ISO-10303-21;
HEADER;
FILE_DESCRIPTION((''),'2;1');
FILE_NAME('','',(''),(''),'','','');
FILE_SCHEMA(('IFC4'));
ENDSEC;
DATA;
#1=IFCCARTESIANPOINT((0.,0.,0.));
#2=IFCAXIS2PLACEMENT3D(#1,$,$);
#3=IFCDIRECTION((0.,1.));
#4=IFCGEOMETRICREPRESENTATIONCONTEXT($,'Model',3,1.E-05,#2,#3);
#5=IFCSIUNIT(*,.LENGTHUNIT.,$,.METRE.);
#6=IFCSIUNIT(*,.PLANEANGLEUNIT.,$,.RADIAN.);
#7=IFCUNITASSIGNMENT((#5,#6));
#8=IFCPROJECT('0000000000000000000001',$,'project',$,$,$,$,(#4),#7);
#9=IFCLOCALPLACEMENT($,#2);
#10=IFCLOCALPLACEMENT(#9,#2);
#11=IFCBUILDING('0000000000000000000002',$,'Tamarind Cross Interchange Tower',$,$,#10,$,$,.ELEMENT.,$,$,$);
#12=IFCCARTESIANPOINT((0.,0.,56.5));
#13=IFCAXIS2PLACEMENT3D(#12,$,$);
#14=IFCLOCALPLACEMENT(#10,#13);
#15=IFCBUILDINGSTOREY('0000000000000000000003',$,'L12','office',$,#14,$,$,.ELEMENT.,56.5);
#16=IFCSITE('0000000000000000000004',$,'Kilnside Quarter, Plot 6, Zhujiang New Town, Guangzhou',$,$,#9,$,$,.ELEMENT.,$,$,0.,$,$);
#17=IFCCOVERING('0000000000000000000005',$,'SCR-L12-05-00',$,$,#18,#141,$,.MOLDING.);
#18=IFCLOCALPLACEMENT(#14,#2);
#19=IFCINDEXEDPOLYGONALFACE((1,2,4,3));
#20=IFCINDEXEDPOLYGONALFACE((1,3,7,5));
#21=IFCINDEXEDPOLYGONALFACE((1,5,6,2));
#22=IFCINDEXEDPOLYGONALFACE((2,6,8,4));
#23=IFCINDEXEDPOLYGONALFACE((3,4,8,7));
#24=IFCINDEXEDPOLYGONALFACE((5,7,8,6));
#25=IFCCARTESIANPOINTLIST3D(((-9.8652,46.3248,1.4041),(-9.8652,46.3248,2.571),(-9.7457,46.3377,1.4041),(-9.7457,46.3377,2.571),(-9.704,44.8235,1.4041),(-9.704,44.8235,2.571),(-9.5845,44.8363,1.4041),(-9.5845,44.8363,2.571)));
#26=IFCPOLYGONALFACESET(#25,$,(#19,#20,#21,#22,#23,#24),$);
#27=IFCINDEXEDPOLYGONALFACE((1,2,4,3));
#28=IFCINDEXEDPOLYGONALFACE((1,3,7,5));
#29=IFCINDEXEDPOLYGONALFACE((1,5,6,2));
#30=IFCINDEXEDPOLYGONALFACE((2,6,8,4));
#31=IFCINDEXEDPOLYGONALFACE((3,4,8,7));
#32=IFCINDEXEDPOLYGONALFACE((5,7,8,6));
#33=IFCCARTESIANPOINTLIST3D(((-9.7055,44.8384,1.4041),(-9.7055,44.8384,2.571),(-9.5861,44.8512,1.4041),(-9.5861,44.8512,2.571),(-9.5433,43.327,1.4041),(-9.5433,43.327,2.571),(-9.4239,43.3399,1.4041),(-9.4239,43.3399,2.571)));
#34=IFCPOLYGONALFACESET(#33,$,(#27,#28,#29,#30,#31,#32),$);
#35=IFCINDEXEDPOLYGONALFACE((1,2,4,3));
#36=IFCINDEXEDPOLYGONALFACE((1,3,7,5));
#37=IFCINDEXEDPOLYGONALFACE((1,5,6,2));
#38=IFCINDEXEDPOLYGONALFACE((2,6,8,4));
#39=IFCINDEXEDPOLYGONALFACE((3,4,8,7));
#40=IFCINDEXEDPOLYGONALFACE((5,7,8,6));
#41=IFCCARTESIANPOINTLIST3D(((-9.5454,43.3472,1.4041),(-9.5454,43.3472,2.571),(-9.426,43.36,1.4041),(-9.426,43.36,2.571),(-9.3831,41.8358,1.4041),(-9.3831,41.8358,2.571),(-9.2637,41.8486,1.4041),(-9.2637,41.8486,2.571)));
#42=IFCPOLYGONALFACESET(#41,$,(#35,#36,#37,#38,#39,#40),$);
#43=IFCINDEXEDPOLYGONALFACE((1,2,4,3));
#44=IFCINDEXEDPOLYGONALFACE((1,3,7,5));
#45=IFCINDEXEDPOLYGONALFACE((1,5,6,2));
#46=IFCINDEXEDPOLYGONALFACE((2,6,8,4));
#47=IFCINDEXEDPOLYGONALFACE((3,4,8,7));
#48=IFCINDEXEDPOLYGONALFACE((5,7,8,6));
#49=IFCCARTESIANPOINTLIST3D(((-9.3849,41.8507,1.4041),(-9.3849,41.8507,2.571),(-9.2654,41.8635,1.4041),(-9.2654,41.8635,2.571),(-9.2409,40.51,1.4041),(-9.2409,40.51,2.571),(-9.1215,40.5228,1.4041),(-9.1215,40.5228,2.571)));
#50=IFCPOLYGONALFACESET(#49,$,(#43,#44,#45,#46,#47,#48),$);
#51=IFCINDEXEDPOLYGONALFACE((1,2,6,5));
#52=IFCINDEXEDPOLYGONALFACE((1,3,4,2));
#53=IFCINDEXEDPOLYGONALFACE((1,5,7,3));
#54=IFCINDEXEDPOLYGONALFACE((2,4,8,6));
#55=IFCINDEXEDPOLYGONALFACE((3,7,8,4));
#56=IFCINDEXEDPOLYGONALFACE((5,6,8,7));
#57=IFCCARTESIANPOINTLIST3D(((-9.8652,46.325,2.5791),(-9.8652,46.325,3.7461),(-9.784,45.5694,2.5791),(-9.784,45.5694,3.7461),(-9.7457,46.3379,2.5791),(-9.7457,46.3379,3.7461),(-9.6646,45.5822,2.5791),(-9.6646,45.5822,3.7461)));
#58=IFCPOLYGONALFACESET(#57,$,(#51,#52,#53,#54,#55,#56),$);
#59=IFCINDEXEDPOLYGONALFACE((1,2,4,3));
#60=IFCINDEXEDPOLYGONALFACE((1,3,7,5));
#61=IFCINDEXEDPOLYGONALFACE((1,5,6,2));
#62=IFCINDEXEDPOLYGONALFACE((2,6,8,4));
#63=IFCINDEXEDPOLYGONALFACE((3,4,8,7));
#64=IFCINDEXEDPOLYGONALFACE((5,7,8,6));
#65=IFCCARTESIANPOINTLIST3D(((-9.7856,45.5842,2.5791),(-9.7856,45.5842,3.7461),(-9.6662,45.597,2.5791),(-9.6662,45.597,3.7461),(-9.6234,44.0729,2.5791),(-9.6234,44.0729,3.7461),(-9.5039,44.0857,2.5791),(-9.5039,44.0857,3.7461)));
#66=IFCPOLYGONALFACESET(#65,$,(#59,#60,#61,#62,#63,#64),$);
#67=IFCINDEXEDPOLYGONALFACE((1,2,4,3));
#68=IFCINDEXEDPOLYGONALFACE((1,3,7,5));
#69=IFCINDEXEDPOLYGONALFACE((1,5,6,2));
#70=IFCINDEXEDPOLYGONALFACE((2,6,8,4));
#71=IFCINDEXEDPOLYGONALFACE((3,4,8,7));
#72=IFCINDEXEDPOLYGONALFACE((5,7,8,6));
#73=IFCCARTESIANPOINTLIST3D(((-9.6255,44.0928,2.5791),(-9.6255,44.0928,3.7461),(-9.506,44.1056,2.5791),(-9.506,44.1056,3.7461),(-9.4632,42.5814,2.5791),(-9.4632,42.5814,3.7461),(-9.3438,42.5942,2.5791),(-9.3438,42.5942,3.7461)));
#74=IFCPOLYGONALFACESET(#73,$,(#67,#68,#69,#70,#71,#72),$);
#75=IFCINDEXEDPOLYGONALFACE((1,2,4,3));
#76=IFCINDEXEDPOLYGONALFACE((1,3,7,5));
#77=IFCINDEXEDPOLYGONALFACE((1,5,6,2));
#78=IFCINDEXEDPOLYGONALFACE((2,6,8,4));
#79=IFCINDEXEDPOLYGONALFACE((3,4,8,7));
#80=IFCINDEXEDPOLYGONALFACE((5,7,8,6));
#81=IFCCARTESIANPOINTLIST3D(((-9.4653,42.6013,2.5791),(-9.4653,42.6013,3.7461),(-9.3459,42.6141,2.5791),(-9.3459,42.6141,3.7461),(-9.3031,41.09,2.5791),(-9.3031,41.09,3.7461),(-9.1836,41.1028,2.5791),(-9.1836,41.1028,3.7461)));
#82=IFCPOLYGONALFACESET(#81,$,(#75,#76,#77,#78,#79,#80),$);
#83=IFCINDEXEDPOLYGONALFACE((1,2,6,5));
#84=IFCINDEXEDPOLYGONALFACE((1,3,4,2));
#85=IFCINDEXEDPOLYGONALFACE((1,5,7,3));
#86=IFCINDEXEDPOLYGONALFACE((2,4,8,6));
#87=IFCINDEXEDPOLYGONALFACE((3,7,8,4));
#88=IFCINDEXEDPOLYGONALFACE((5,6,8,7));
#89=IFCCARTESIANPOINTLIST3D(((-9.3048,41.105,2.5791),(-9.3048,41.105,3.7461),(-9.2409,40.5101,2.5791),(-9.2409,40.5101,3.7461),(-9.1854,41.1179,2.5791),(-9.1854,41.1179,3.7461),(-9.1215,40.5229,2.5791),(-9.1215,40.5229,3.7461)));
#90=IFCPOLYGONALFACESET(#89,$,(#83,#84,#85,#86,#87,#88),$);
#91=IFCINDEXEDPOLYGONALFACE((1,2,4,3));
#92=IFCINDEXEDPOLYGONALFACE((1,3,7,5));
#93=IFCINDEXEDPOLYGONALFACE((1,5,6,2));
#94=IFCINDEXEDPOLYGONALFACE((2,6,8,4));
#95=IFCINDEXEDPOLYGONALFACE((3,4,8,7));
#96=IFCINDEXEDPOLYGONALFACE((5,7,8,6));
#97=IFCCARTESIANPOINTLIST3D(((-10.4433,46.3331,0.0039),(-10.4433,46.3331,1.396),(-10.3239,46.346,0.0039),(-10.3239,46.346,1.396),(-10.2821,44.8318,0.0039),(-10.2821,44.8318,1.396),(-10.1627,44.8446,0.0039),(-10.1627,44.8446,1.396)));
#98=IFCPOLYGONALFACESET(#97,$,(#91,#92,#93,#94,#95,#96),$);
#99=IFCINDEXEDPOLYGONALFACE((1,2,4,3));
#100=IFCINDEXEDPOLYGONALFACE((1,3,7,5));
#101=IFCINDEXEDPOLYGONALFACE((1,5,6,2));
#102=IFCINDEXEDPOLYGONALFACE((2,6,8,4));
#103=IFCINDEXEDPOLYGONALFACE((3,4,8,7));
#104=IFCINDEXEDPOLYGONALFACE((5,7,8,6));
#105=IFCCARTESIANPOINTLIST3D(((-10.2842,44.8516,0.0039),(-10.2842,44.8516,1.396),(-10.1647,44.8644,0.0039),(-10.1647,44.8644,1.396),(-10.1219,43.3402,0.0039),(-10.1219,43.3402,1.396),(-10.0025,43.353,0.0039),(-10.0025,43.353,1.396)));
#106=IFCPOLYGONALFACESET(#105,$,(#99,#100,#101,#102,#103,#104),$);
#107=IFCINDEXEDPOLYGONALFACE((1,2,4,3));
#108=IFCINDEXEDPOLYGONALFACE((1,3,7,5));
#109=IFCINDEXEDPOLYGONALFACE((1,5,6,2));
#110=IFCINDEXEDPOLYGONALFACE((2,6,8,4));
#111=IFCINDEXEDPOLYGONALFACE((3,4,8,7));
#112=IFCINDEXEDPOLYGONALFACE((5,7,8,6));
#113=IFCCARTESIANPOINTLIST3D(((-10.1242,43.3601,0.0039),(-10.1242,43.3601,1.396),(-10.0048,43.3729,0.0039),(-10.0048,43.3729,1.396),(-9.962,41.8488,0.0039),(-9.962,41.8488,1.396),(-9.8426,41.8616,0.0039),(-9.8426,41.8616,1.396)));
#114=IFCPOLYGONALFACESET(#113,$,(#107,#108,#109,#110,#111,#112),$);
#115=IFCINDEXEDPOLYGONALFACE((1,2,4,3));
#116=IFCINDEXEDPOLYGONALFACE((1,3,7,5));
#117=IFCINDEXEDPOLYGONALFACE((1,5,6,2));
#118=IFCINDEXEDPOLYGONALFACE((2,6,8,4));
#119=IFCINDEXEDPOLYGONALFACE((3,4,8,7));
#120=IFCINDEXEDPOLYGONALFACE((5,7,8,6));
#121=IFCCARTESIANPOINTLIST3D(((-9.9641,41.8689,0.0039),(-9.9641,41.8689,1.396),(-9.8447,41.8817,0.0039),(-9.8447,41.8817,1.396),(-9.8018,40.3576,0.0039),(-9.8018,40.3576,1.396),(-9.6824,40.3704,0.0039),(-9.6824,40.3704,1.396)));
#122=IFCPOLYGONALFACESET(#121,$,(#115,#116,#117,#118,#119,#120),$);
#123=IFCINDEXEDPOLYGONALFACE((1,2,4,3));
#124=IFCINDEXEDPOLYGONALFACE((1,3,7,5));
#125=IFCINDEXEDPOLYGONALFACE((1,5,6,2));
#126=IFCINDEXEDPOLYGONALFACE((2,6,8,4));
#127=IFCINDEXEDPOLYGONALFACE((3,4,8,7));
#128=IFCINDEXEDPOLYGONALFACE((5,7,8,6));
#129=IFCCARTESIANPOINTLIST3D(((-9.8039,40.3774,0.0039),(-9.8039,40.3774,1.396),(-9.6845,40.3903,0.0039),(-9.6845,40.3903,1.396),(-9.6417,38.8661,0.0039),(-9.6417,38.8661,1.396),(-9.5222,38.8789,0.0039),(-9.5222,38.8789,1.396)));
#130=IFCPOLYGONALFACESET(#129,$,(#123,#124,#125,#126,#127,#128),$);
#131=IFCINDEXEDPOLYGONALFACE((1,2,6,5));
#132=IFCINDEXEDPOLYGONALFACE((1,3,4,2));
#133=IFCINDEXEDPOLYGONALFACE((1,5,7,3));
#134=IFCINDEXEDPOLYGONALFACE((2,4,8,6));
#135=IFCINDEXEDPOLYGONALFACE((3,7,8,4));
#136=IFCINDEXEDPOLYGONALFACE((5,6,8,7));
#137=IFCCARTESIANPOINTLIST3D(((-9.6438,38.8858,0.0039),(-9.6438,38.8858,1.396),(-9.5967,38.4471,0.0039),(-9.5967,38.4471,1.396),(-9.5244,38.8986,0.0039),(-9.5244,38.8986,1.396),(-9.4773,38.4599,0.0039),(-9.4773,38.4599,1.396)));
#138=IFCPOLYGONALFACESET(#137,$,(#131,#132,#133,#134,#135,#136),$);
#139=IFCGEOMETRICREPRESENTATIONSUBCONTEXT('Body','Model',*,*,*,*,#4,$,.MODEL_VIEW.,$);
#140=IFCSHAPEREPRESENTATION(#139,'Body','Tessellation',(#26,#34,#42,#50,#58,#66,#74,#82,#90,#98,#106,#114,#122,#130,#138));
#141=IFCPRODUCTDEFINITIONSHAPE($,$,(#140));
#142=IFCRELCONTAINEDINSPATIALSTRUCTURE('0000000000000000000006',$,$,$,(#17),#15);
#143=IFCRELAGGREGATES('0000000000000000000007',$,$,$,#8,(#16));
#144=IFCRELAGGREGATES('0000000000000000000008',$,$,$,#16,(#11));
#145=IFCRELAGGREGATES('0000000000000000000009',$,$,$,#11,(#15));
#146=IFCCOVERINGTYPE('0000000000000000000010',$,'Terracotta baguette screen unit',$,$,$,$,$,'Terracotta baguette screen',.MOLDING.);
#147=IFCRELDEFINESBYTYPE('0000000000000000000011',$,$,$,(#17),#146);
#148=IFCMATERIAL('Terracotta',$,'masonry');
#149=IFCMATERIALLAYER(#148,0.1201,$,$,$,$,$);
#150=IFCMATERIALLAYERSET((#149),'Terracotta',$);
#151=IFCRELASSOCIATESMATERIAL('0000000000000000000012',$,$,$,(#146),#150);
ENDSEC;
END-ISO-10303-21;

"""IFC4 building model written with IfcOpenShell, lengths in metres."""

from ifc_helpers import new_model, si_unit, direction, frame, origin, origin_2d, place, context, subcontext, project, spatial, rectangle, extrude, material, layer, layer_set, type_object, element, save


model = new_model("IFC4")

# Units and contexts
model_context = context("Model", 3, precision=1e-05, world=origin(), true_north=direction((0.0, 1.0)))
body_context = subcontext(model_context, "Body", "Model", "MODEL_VIEW")
ifc_project = project(units=[si_unit("LENGTHUNIT", "METRE"), si_unit("PLANEANGLEUNIT", "RADIAN")], contexts=[model_context])

# Site, building, storey
site_placement = place(None, origin())
site = spatial("IfcSite", under=ifc_project, at=site_placement, Name="Kilnside Quarter, Plot 6, Zhujiang New Town, Guangzhou", CompositionType="ELEMENT", RefElevation=0.0)
building_placement = place(site_placement, origin())
building = spatial("IfcBuilding", under=site, at=building_placement, Name="Tamarind Cross Interchange Tower", CompositionType="ELEMENT")
storey_placement = place(building_placement, frame((0.0, 0.0, 56.5)))
storey = spatial("IfcBuildingStorey", under=building, at=storey_placement, Name="L12", Description="office", CompositionType="ELEMENT", Elevation=56.5)

# Covering
ifc_material_1 = material(Name="Terracotta", Category="masonry")
ifc_layer_1 = layer(ifc_material_1, 0.1201)
ifc_layer_set_1 = layer_set([ifc_layer_1], Name="Terracotta")
covering_type = type_object("IfcCoveringType", Name="Terracotta baguette screen unit", ElementType="Terracotta baguette screen", PredefinedType="MOLDING", material=ifc_layer_set_1)
covering_1_placement = place(storey_placement, origin())
element("IfcCovering", 1, at=covering_1_placement, inside=storey, type_object=covering_type, Name="SCR-L12-05-00", PredefinedType="MOLDING", context=body_context, shape_type="SweptSolid", body=[
    extrude(rectangle(XDim=1.51, YDim=0.1201, at=origin_2d()), frame((-9.7249, 45.5806, 1.4041), z_axis=(0.0, 0.0, 1.0), x_axis=(0.106744, -0.994287, 0.0)), (0.0, 0.0, 1.0), 1.167),
    extrude(rectangle(XDim=1.52, YDim=0.1201, at=origin_2d()), frame((-9.5647, 44.0891, 1.4041), z_axis=(0.0, 0.0, 1.0), x_axis=(0.106744, -0.994287, 0.0)), (0.0, 0.0, 1.0), 1.167),
    extrude(rectangle(XDim=1.52, YDim=0.1201, at=origin_2d()), frame((-9.4045, 42.5979, 1.4041), z_axis=(0.0, 0.0, 1.0), x_axis=(0.106744, -0.994287, 0.0)), (0.0, 0.0, 1.0), 1.167),
    extrude(rectangle(XDim=1.3484, YDim=0.1201, at=origin_2d()), frame((-9.2532, 41.1868, 1.4041), z_axis=(0.0, 0.0, 1.0), x_axis=(0.106744, -0.994287, 0.0)), (0.0, 0.0, 1.0), 1.167),
    extrude(rectangle(XDim=0.76, YDim=0.1201, at=origin_2d()), frame((-9.7649, 45.9536, 2.5791), z_axis=(0.0, 0.0, 1.0), x_axis=(0.106744, -0.994287, 0.0)), (0.0, 0.0, 1.0), 1.167),
    extrude(rectangle(XDim=1.52, YDim=0.1201, at=origin_2d()), frame((-9.6448, 44.835, 2.5791), z_axis=(0.0, 0.0, 1.0), x_axis=(0.106744, -0.994287, 0.0)), (0.0, 0.0, 1.0), 1.167),
    extrude(rectangle(XDim=1.52, YDim=0.1201, at=origin_2d()), frame((-9.4846, 43.3435, 2.5791), z_axis=(0.0, 0.0, 1.0), x_axis=(0.106744, -0.994287, 0.0)), (0.0, 0.0, 1.0), 1.167),
    extrude(rectangle(XDim=1.52, YDim=0.1201, at=origin_2d()), frame((-9.3245, 41.8521, 2.5791), z_axis=(0.0, 0.0, 1.0), x_axis=(0.106744, -0.994287, 0.0)), (0.0, 0.0, 1.0), 1.167),
    extrude(rectangle(XDim=0.5984, YDim=0.1201, at=origin_2d()), frame((-9.2131, 40.814, 2.5791), z_axis=(0.0, 0.0, 1.0), x_axis=(0.106744, -0.994287, 0.0)), (0.0, 0.0, 1.0), 1.167),
    extrude(rectangle(XDim=1.51, YDim=0.1201, at=origin_2d()), frame((-10.303, 45.5889, 0.0039), z_axis=(0.0, 0.0, 1.0), x_axis=(0.106744, -0.994287, 0.0)), (0.0, 0.0, 1.0), 1.3921),
    extrude(rectangle(XDim=1.52, YDim=0.1201, at=origin_2d()), frame((-10.1433, 44.1023, 0.0039), z_axis=(0.0, 0.0, 1.0), x_axis=(0.106744, -0.994287, 0.0)), (0.0, 0.0, 1.0), 1.3921),
    extrude(rectangle(XDim=1.52, YDim=0.1201, at=origin_2d()), frame((-9.9834, 42.6108, 0.0039), z_axis=(0.0, 0.0, 1.0), x_axis=(0.106744, -0.994287, 0.0)), (0.0, 0.0, 1.0), 1.3921),
    extrude(rectangle(XDim=1.52, YDim=0.1201, at=origin_2d()), frame((-9.8232, 41.1196, 0.0039), z_axis=(0.0, 0.0, 1.0), x_axis=(0.106744, -0.994287, 0.0)), (0.0, 0.0, 1.0), 1.3921),
    extrude(rectangle(XDim=1.52, YDim=0.1201, at=origin_2d()), frame((-9.6631, 39.6282, 0.0039), z_axis=(0.0, 0.0, 1.0), x_axis=(0.106744, -0.994287, 0.0)), (0.0, 0.0, 1.0), 1.3921),
    extrude(rectangle(XDim=0.4412, YDim=0.1201, at=origin_2d()), frame((-9.5605, 38.6729, 0.0039), z_axis=(0.0, 0.0, 1.0), x_axis=(0.106744, -0.994287, 0.0)), (0.0, 0.0, 1.0), 1.3921),
])

save(model, "model.ifc")
